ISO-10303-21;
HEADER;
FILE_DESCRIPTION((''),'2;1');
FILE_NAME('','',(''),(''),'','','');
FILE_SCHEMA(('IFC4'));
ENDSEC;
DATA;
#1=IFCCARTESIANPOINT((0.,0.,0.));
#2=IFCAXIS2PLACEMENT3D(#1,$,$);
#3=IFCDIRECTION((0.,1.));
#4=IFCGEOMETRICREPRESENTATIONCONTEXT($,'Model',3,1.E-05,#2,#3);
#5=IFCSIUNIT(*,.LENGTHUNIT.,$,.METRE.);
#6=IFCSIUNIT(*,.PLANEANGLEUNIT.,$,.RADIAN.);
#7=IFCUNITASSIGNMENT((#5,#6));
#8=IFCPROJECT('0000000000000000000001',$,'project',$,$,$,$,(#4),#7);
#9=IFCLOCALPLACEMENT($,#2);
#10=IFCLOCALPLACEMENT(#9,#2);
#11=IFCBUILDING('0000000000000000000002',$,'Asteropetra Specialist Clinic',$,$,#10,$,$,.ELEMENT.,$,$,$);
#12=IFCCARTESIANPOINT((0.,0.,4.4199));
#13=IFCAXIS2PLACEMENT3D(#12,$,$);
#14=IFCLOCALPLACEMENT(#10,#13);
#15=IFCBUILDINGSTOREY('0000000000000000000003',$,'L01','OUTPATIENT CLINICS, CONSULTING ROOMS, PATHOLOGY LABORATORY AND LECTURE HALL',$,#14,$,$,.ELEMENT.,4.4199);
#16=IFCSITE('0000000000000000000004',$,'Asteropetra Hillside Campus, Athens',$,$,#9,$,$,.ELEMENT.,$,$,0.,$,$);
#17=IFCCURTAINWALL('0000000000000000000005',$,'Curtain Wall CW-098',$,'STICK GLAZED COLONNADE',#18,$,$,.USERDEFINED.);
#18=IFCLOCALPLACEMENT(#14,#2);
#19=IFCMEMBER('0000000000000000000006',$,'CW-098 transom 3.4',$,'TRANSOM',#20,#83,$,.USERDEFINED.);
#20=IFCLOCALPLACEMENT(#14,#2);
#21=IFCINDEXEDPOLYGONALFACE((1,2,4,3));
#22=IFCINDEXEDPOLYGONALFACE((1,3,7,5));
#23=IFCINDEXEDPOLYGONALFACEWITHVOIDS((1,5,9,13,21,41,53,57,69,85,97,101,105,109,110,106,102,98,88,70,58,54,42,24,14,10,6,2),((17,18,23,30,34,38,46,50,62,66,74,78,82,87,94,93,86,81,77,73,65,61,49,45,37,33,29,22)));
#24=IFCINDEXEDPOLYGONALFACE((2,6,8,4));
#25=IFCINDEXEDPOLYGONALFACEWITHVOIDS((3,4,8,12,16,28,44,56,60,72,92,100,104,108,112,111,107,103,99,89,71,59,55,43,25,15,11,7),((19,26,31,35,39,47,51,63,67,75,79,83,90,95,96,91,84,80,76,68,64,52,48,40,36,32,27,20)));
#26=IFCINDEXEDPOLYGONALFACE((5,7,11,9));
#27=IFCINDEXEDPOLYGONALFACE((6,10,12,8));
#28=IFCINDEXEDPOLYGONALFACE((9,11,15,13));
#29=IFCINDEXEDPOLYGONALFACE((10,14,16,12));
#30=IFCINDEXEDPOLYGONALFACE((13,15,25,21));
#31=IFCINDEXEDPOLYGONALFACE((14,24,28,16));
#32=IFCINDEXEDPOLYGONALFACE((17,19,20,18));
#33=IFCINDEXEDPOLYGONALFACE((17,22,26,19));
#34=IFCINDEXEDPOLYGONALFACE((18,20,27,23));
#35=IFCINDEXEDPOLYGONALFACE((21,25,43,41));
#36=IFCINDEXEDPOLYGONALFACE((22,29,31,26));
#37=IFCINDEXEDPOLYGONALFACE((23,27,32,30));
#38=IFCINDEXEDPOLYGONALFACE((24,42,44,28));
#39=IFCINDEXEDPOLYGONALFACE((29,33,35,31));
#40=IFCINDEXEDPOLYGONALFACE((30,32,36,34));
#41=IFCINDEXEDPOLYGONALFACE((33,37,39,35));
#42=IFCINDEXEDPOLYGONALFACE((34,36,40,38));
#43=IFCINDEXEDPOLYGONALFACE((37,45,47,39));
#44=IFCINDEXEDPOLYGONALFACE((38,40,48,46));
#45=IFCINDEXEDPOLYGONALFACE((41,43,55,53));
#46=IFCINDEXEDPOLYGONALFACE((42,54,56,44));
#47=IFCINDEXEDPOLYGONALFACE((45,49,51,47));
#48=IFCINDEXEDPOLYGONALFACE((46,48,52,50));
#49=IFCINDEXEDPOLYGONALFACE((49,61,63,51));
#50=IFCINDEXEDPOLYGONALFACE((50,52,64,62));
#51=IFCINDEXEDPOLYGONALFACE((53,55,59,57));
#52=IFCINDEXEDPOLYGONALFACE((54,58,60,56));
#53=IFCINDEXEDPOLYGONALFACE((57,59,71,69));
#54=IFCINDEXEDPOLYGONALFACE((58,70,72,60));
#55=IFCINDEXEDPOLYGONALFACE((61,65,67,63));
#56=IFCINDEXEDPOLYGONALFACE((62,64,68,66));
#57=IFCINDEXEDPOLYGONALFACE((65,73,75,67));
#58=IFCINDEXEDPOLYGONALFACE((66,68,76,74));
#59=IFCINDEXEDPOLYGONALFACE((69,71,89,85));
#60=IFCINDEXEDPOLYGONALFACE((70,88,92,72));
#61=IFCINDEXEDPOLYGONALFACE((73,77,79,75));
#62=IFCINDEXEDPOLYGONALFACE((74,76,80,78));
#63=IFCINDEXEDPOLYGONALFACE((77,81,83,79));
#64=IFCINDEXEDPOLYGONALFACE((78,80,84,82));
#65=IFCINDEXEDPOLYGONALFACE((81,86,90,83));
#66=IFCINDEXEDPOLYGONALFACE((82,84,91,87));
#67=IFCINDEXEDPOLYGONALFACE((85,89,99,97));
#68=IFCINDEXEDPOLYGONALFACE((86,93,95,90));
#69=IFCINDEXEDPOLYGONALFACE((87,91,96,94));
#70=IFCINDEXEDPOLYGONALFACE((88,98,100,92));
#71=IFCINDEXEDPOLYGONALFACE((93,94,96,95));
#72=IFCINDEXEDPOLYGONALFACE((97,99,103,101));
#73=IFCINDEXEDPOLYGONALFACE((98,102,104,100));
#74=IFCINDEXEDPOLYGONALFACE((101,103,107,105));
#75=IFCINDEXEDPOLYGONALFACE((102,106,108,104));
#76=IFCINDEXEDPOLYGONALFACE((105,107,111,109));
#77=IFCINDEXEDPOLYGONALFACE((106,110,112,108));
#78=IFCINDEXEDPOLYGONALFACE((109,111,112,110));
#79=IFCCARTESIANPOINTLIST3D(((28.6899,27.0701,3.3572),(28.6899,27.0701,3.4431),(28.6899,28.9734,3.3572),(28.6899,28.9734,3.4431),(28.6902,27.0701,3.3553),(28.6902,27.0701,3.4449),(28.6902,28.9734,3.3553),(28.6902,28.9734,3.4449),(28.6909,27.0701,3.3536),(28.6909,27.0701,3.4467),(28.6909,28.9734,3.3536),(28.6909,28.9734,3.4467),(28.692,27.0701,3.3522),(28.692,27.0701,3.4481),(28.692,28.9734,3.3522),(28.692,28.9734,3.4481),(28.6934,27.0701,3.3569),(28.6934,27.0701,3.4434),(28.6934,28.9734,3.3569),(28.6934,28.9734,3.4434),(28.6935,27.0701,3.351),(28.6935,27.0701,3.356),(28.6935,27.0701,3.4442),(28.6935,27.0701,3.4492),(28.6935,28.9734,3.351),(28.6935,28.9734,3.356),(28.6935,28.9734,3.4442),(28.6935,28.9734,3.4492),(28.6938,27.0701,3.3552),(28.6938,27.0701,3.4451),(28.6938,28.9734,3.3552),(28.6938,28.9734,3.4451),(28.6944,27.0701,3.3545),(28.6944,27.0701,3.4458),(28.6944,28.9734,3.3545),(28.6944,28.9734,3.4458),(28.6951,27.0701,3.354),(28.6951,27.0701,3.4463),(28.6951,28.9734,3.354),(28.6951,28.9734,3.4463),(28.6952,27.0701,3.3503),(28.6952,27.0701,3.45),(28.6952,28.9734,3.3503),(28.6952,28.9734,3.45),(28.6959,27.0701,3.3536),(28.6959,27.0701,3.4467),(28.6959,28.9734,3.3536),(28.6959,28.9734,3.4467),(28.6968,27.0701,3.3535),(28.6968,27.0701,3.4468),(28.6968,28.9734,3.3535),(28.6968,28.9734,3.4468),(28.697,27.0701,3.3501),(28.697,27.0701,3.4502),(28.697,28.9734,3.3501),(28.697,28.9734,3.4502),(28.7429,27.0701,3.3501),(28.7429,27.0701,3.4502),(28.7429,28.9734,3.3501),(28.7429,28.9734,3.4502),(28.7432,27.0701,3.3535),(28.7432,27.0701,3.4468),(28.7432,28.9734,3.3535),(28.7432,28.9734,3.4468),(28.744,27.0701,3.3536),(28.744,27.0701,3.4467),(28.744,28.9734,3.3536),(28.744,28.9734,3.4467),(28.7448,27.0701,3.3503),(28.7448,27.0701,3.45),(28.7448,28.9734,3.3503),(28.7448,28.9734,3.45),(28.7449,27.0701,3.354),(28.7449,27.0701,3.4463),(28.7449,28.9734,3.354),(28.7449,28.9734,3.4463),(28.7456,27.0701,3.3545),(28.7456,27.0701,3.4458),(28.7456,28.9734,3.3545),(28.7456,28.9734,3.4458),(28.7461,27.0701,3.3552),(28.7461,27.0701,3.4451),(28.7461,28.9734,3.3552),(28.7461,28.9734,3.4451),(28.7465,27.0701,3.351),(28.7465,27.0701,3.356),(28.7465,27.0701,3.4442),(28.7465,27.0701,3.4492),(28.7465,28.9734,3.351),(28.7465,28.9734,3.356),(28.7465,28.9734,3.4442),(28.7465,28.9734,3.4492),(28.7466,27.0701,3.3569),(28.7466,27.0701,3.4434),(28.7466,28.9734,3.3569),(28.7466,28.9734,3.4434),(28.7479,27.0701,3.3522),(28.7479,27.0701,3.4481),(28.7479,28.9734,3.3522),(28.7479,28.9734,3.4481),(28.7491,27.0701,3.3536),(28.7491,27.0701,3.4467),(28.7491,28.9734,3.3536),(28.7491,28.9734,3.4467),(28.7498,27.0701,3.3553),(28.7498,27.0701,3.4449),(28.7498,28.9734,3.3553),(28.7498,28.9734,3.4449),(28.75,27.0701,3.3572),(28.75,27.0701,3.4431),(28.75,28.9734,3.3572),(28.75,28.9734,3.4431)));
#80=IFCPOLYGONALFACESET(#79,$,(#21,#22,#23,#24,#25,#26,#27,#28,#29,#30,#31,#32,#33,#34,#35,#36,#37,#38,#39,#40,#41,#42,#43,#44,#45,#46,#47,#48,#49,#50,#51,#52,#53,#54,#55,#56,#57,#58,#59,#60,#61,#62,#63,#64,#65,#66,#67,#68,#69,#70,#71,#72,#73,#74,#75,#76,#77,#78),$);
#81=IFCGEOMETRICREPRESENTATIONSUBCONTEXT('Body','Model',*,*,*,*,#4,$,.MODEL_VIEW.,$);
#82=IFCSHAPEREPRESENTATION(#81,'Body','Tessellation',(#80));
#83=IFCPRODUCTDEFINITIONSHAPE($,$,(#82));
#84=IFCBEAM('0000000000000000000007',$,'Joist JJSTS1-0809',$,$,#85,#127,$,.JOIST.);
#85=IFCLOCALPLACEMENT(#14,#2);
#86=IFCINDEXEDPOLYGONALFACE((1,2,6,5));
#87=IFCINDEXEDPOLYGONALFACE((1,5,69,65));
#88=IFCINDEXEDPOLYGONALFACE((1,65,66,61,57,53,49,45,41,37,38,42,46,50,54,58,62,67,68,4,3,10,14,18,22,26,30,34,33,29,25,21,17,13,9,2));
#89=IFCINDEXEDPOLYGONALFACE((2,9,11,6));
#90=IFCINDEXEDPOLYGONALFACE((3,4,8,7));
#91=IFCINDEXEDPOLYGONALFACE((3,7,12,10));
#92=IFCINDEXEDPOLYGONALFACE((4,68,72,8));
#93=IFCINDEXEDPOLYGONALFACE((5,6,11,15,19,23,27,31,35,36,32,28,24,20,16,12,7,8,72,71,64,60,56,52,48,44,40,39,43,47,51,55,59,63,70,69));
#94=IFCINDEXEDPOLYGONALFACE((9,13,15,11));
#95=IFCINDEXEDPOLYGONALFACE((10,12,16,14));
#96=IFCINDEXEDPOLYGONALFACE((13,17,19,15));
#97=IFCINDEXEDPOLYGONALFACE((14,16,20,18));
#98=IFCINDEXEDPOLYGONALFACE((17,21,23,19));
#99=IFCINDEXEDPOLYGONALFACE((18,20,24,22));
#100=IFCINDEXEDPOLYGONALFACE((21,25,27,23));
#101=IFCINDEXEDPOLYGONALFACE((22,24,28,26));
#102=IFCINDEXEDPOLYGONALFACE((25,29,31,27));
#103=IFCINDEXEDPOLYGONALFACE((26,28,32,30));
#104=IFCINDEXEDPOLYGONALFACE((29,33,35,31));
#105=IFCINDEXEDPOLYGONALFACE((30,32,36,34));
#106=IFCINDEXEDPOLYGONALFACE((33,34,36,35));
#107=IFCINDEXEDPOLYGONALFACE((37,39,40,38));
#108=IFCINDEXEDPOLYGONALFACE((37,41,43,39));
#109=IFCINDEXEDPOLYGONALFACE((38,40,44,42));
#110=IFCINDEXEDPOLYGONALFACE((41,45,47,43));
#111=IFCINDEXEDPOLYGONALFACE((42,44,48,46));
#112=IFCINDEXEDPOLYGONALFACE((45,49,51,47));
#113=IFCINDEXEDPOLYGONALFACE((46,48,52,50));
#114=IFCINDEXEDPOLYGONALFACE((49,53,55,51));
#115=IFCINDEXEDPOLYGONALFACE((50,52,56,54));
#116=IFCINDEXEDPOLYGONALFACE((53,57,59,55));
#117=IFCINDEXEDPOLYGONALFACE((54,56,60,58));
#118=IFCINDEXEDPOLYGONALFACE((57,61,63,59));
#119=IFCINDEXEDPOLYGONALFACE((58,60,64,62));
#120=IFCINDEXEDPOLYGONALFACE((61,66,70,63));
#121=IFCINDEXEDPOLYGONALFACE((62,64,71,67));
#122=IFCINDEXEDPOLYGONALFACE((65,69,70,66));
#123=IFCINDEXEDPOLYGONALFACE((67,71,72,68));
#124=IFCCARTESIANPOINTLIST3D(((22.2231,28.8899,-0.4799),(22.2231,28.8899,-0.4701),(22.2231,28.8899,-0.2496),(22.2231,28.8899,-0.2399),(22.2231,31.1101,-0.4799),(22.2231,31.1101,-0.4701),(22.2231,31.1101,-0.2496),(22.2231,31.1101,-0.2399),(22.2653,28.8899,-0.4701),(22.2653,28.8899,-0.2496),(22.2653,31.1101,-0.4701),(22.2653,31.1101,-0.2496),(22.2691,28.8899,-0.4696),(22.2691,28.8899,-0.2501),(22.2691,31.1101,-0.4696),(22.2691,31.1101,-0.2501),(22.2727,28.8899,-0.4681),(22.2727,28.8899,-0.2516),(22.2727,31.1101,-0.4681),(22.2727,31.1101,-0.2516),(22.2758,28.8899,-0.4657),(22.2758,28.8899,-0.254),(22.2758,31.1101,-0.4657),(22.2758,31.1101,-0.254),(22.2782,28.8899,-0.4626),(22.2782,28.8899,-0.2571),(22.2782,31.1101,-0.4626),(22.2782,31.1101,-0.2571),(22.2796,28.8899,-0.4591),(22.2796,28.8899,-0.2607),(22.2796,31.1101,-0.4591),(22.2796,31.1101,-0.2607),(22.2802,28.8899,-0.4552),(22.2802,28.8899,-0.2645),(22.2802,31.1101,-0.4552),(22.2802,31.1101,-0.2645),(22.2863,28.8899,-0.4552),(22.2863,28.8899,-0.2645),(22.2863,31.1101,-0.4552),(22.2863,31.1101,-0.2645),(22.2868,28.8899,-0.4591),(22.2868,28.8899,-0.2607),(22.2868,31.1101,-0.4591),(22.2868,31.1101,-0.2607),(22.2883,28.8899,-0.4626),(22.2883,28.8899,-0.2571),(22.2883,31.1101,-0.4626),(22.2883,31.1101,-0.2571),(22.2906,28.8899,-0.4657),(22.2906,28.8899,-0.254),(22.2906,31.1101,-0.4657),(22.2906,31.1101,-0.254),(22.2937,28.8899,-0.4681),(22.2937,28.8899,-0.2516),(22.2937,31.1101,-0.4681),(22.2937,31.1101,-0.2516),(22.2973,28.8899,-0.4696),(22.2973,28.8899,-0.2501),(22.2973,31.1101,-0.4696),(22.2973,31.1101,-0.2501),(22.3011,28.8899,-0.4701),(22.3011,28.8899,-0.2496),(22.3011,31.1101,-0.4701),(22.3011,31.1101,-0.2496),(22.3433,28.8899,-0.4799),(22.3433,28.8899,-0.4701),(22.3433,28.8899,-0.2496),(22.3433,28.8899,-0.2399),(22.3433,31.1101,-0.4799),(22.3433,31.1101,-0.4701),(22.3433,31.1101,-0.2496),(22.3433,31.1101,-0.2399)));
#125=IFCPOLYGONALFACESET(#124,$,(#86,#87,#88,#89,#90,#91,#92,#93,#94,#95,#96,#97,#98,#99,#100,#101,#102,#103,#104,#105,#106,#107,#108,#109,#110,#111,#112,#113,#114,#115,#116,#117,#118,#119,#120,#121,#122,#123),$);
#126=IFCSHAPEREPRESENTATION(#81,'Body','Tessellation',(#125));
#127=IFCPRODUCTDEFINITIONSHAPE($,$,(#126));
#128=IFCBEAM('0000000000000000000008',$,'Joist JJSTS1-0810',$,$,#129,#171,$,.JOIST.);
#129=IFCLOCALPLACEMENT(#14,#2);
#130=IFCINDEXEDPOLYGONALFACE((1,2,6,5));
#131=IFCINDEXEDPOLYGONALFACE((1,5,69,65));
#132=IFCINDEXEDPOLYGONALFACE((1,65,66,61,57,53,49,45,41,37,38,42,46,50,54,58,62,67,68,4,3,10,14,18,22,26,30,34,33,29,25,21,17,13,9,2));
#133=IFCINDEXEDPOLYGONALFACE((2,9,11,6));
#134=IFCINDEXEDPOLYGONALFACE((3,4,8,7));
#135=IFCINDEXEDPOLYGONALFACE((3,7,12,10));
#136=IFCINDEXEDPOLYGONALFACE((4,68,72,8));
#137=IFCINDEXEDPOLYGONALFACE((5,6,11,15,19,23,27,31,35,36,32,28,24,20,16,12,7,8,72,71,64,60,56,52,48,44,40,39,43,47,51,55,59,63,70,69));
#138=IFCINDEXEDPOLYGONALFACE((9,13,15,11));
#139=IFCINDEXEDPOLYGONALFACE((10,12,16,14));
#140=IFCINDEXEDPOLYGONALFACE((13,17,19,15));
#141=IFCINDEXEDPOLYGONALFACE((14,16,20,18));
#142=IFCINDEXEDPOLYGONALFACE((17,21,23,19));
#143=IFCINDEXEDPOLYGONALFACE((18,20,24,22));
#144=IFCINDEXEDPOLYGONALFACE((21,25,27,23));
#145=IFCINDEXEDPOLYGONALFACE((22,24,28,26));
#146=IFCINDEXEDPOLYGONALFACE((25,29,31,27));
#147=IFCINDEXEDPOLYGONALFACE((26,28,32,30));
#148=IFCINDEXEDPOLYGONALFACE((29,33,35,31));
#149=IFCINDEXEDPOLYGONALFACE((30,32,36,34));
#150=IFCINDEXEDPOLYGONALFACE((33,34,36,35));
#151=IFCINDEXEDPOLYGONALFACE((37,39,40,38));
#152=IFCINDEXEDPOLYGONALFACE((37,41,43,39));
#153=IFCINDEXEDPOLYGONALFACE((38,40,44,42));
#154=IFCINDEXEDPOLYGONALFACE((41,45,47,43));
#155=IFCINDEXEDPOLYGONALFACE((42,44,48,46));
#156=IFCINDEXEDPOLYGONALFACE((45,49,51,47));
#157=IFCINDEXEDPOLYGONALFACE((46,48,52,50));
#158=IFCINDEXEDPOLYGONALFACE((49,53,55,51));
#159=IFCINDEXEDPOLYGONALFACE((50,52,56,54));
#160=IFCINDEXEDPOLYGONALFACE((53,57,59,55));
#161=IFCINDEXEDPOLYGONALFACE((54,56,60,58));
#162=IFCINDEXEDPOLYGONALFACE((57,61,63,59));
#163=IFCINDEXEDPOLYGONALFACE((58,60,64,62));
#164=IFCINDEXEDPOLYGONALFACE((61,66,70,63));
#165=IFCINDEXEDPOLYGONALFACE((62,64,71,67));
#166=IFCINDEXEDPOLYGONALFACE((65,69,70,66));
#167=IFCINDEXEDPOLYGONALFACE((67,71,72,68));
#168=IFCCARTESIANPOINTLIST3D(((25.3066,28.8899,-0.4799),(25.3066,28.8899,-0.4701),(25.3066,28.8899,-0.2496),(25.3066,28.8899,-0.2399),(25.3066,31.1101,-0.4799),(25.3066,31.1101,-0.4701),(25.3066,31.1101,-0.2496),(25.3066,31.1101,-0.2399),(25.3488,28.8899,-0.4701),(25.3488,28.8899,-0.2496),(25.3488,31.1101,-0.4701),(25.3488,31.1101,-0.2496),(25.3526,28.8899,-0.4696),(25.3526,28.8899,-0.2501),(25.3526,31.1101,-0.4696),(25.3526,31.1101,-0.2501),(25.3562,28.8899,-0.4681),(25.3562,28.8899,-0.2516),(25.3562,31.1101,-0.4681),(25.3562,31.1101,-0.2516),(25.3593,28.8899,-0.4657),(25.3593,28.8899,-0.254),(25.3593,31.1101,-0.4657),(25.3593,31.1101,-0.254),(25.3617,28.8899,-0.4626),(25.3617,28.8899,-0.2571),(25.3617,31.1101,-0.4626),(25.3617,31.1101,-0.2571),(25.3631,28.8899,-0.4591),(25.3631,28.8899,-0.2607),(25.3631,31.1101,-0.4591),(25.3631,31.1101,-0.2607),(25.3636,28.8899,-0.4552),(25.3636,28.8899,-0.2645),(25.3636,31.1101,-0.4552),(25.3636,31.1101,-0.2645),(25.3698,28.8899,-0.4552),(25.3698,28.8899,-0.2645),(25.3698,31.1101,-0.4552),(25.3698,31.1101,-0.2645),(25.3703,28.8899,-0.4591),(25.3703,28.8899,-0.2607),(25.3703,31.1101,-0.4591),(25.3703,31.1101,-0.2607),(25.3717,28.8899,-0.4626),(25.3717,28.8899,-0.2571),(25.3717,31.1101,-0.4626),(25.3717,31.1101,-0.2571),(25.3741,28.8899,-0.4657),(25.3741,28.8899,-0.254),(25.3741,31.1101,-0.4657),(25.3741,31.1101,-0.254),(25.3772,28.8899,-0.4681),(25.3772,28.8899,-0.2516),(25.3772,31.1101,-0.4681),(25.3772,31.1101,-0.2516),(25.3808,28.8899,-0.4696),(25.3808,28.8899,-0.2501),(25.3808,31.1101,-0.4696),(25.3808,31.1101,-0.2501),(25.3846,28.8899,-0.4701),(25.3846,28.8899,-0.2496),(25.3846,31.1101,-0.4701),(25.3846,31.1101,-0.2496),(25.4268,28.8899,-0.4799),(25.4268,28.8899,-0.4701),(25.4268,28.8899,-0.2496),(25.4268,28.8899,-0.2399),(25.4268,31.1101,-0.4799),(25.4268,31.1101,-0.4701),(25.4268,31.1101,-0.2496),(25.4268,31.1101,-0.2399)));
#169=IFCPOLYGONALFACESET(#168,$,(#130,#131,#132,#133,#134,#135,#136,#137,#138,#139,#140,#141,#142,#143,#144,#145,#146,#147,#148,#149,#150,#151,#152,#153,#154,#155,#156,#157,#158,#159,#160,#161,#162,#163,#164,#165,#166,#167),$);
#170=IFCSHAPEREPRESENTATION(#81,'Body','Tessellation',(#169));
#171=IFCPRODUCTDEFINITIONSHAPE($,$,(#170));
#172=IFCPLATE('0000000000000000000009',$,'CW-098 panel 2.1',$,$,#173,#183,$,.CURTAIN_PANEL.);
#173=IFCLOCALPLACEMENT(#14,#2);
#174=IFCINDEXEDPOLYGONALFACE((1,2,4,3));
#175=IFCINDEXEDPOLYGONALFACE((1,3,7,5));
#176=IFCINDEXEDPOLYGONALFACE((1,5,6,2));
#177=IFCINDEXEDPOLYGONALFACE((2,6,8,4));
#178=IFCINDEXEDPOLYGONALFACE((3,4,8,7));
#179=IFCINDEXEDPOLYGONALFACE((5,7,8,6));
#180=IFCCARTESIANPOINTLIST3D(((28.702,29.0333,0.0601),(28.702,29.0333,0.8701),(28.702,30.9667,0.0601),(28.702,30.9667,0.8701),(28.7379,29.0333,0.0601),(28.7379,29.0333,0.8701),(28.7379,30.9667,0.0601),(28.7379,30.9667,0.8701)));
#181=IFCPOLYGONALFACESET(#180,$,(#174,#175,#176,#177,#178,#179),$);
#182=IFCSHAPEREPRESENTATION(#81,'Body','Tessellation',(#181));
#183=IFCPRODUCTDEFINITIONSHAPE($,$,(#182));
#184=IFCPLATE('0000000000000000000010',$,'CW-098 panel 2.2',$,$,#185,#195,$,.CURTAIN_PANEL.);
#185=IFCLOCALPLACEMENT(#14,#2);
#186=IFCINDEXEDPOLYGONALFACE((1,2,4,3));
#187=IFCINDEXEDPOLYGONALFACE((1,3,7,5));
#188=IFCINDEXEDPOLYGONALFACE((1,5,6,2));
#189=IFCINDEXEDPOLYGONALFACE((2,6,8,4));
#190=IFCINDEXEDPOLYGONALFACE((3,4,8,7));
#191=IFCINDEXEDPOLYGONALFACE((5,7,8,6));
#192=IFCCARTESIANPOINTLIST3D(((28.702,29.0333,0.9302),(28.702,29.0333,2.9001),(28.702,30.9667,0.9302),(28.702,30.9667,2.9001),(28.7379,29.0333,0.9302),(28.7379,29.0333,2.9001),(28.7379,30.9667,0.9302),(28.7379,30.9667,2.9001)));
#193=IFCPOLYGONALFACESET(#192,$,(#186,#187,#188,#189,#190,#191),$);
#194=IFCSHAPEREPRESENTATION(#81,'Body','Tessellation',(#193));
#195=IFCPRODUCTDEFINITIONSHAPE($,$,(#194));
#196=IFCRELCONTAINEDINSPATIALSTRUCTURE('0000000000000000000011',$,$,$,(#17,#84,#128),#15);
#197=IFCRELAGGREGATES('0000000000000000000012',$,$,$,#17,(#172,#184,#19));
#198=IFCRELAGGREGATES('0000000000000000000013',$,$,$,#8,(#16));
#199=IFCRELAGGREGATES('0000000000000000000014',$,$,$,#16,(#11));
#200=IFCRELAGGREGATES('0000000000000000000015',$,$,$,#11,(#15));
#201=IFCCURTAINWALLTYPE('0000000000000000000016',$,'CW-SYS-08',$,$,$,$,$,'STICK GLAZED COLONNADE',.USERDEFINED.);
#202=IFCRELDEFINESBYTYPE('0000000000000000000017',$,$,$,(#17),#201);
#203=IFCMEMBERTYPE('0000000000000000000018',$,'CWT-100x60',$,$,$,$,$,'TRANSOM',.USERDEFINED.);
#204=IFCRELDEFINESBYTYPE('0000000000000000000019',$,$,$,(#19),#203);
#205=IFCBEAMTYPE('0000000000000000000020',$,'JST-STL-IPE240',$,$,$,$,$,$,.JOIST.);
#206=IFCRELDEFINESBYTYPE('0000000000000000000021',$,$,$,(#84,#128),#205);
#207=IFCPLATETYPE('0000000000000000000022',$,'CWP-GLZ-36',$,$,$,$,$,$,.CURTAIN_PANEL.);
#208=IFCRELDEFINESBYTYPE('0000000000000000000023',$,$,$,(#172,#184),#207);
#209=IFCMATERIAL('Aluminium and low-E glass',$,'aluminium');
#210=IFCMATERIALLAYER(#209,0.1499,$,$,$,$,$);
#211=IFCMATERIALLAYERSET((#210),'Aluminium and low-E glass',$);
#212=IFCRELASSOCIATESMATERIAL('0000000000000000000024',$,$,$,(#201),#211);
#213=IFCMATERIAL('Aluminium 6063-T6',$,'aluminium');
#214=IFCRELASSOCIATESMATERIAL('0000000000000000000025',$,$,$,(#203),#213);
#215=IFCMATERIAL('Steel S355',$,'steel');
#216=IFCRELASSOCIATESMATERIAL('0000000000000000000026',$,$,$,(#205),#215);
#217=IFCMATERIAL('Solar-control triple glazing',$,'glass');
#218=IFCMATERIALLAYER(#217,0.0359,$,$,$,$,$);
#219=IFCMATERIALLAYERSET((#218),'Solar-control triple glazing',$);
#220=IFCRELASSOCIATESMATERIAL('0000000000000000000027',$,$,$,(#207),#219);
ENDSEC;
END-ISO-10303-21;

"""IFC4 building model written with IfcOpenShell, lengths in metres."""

from ifc_helpers import new_model, si_unit, direction, frame, origin, origin_2d, place, context, subcontext, project, spatial, rectangle, hollow_rectangle, i_section, extrude, material, layer, layer_set, material_profile, profile_set, type_object, element, aggregate, save


model = new_model("IFC4")

# Units and contexts
model_context = context("Model", 3, precision=1e-05, world=origin(), true_north=direction((0.0, 1.0)))
body_context = subcontext(model_context, "Body", "Model", "MODEL_VIEW")
ifc_project = project(units=[si_unit("LENGTHUNIT", "METRE"), si_unit("PLANEANGLEUNIT", "RADIAN")], contexts=[model_context])

# Site, building, storey
site_placement = place(None, origin())
site = spatial("IfcSite", under=ifc_project, at=site_placement, Name="Asteropetra Hillside Campus, Athens", CompositionType="ELEMENT", RefElevation=0.0)
building_placement = place(site_placement, origin())
building = spatial("IfcBuilding", under=site, at=building_placement, Name="Asteropetra Specialist Clinic", CompositionType="ELEMENT")
storey_placement = place(building_placement, frame((0.0, 0.0, 4.4199)))
storey = spatial("IfcBuildingStorey", under=building, at=storey_placement, Name="L01", Description="OUTPATIENT CLINICS, CONSULTING ROOMS, PATHOLOGY LABORATORY AND LECTURE HALL", CompositionType="ELEMENT", Elevation=4.4199)

# Curtain wall, member
ifc_material_1 = material(Name="Aluminium and low-E glass", Category="aluminium")
ifc_layer_1 = layer(ifc_material_1, 0.1499)
ifc_layer_set_1 = layer_set([ifc_layer_1], Name="Aluminium and low-E glass")
curtain_wall_type = type_object("IfcCurtainWallType", Name="CW-SYS-08", ElementType="STICK GLAZED COLONNADE", PredefinedType="USERDEFINED", material=ifc_layer_set_1)
curtain_wall_placement = place(storey_placement, origin())
curtain_wall = element("IfcCurtainWall", 1, at=curtain_wall_placement, inside=storey, type_object=curtain_wall_type, Name="Curtain Wall CW-098", ObjectType="STICK GLAZED COLONNADE", PredefinedType="USERDEFINED")
ifc_material_2 = material(Name="Aluminium 6063-T6", Category="aluminium")
ifc_material_profile_1 = material_profile(ifc_material_2, hollow_rectangle(XDim=0.0601, YDim=0.1001, WallThickness=0.0034, InnerFilletRadius=0.0034, OuterFilletRadius=0.0071, at=origin_2d()), Name="TRN 100x60x3.5")
ifc_profile_set_1 = profile_set([ifc_material_profile_1], Name="Aluminium 6063-T6")
member_type_1 = type_object("IfcMemberType", Name="CWT-100x60", ElementType="TRANSOM", PredefinedType="USERDEFINED", material=ifc_profile_set_1)
member_1_placement = place(storey_placement, frame((28.72, 28.9734, 3.4001), z_axis=(0.0, -1.0, 0.0), x_axis=(1.0, 0.0, 0.0)))
member_1 = element("IfcMember", 2, at=member_1_placement, type_object=member_type_1, Name="CW-098 transom 3.4", ObjectType="TRANSOM", PredefinedType="USERDEFINED", context=body_context, shape_type="SweptSolid", body=[
    extrude(hollow_rectangle(XDim=0.0601, YDim=0.1001, WallThickness=0.0034, InnerFilletRadius=0.0034, OuterFilletRadius=0.0071, at=origin_2d()), origin(), (0.0, 0.0, 1.0), 1.9033),
])

# Beams
ifc_material_3 = material(Name="Steel S355", Category="steel")
ifc_material_profile_2 = material_profile(ifc_material_3, i_section(OverallWidth=0.1201, OverallDepth=0.24, WebThickness=0.0061, FlangeThickness=0.0098, FilletRadius=0.0149, at=origin_2d()), Name="IPE 240")
ifc_profile_set_2 = profile_set([ifc_material_profile_2], Name="Steel S355")
beam_type_1 = type_object("IfcBeamType", Name="JST-STL-IPE240", PredefinedType="JOIST", material=ifc_profile_set_2)
for number, where, z_axis, x_axis, name in (
    (3, (22.2832, 28.8899, -0.3599), (0.0, 1.0, 0.0), (-1.0, 0.0, 0.0), "Joist JJSTS1-0809"),
    (4, (25.3667, 28.8899, -0.3599), (0.0, 1.0, 0.0), (-1.0, 0.0, 0.0), "Joist JJSTS1-0810"),
):
    element("IfcBeam", number, at=place(storey_placement, frame(where, z_axis=z_axis, x_axis=x_axis)), inside=storey, type_object=beam_type_1, Name=name, PredefinedType="JOIST", context=body_context, shape_type="SweptSolid", body=[
        extrude(i_section(OverallWidth=0.1201, OverallDepth=0.24, WebThickness=0.0061, FlangeThickness=0.0098, FilletRadius=0.0149, at=origin_2d()), origin(), (0.0, 0.0, 1.0), 2.2202),
    ])

# Plates
ifc_material_4 = material(Name="Solar-control triple glazing", Category="glass")
ifc_layer_2 = layer(ifc_material_4, 0.0359)
ifc_layer_set_2 = layer_set([ifc_layer_2], Name="Solar-control triple glazing")
plate_type = type_object("IfcPlateType", Name="CWP-GLZ-36", PredefinedType="CURTAIN_PANEL", material=ifc_layer_set_2)
plate_1_placement = place(storey_placement, frame((28.72, 30.0, 0.0601), z_axis=(0.0, 0.0, 1.0), x_axis=(0.0, -1.0, 0.0)))
plate_1 = element("IfcPlate", 5, at=plate_1_placement, type_object=plate_type, Name="CW-098 panel 2.1", PredefinedType="CURTAIN_PANEL", context=body_context, shape_type="SweptSolid", body=[
    extrude(rectangle(XDim=1.9333, YDim=0.0359, at=origin_2d()), origin(), (0.0, 0.0, 1.0), 0.8101),
])
plate_2_placement = place(storey_placement, frame((28.72, 30.0, 0.9302), z_axis=(0.0, 0.0, 1.0), x_axis=(0.0, -1.0, 0.0)))
plate_2 = element("IfcPlate", 6, at=plate_2_placement, type_object=plate_type, Name="CW-098 panel 2.2", PredefinedType="CURTAIN_PANEL", context=body_context, shape_type="SweptSolid", body=[
    extrude(rectangle(XDim=1.9333, YDim=0.0359, at=origin_2d()), origin(), (0.0, 0.0, 1.0), 1.97),
])
aggregate(curtain_wall, [plate_1, plate_2, member_1])

save(model, "model.ifc")
